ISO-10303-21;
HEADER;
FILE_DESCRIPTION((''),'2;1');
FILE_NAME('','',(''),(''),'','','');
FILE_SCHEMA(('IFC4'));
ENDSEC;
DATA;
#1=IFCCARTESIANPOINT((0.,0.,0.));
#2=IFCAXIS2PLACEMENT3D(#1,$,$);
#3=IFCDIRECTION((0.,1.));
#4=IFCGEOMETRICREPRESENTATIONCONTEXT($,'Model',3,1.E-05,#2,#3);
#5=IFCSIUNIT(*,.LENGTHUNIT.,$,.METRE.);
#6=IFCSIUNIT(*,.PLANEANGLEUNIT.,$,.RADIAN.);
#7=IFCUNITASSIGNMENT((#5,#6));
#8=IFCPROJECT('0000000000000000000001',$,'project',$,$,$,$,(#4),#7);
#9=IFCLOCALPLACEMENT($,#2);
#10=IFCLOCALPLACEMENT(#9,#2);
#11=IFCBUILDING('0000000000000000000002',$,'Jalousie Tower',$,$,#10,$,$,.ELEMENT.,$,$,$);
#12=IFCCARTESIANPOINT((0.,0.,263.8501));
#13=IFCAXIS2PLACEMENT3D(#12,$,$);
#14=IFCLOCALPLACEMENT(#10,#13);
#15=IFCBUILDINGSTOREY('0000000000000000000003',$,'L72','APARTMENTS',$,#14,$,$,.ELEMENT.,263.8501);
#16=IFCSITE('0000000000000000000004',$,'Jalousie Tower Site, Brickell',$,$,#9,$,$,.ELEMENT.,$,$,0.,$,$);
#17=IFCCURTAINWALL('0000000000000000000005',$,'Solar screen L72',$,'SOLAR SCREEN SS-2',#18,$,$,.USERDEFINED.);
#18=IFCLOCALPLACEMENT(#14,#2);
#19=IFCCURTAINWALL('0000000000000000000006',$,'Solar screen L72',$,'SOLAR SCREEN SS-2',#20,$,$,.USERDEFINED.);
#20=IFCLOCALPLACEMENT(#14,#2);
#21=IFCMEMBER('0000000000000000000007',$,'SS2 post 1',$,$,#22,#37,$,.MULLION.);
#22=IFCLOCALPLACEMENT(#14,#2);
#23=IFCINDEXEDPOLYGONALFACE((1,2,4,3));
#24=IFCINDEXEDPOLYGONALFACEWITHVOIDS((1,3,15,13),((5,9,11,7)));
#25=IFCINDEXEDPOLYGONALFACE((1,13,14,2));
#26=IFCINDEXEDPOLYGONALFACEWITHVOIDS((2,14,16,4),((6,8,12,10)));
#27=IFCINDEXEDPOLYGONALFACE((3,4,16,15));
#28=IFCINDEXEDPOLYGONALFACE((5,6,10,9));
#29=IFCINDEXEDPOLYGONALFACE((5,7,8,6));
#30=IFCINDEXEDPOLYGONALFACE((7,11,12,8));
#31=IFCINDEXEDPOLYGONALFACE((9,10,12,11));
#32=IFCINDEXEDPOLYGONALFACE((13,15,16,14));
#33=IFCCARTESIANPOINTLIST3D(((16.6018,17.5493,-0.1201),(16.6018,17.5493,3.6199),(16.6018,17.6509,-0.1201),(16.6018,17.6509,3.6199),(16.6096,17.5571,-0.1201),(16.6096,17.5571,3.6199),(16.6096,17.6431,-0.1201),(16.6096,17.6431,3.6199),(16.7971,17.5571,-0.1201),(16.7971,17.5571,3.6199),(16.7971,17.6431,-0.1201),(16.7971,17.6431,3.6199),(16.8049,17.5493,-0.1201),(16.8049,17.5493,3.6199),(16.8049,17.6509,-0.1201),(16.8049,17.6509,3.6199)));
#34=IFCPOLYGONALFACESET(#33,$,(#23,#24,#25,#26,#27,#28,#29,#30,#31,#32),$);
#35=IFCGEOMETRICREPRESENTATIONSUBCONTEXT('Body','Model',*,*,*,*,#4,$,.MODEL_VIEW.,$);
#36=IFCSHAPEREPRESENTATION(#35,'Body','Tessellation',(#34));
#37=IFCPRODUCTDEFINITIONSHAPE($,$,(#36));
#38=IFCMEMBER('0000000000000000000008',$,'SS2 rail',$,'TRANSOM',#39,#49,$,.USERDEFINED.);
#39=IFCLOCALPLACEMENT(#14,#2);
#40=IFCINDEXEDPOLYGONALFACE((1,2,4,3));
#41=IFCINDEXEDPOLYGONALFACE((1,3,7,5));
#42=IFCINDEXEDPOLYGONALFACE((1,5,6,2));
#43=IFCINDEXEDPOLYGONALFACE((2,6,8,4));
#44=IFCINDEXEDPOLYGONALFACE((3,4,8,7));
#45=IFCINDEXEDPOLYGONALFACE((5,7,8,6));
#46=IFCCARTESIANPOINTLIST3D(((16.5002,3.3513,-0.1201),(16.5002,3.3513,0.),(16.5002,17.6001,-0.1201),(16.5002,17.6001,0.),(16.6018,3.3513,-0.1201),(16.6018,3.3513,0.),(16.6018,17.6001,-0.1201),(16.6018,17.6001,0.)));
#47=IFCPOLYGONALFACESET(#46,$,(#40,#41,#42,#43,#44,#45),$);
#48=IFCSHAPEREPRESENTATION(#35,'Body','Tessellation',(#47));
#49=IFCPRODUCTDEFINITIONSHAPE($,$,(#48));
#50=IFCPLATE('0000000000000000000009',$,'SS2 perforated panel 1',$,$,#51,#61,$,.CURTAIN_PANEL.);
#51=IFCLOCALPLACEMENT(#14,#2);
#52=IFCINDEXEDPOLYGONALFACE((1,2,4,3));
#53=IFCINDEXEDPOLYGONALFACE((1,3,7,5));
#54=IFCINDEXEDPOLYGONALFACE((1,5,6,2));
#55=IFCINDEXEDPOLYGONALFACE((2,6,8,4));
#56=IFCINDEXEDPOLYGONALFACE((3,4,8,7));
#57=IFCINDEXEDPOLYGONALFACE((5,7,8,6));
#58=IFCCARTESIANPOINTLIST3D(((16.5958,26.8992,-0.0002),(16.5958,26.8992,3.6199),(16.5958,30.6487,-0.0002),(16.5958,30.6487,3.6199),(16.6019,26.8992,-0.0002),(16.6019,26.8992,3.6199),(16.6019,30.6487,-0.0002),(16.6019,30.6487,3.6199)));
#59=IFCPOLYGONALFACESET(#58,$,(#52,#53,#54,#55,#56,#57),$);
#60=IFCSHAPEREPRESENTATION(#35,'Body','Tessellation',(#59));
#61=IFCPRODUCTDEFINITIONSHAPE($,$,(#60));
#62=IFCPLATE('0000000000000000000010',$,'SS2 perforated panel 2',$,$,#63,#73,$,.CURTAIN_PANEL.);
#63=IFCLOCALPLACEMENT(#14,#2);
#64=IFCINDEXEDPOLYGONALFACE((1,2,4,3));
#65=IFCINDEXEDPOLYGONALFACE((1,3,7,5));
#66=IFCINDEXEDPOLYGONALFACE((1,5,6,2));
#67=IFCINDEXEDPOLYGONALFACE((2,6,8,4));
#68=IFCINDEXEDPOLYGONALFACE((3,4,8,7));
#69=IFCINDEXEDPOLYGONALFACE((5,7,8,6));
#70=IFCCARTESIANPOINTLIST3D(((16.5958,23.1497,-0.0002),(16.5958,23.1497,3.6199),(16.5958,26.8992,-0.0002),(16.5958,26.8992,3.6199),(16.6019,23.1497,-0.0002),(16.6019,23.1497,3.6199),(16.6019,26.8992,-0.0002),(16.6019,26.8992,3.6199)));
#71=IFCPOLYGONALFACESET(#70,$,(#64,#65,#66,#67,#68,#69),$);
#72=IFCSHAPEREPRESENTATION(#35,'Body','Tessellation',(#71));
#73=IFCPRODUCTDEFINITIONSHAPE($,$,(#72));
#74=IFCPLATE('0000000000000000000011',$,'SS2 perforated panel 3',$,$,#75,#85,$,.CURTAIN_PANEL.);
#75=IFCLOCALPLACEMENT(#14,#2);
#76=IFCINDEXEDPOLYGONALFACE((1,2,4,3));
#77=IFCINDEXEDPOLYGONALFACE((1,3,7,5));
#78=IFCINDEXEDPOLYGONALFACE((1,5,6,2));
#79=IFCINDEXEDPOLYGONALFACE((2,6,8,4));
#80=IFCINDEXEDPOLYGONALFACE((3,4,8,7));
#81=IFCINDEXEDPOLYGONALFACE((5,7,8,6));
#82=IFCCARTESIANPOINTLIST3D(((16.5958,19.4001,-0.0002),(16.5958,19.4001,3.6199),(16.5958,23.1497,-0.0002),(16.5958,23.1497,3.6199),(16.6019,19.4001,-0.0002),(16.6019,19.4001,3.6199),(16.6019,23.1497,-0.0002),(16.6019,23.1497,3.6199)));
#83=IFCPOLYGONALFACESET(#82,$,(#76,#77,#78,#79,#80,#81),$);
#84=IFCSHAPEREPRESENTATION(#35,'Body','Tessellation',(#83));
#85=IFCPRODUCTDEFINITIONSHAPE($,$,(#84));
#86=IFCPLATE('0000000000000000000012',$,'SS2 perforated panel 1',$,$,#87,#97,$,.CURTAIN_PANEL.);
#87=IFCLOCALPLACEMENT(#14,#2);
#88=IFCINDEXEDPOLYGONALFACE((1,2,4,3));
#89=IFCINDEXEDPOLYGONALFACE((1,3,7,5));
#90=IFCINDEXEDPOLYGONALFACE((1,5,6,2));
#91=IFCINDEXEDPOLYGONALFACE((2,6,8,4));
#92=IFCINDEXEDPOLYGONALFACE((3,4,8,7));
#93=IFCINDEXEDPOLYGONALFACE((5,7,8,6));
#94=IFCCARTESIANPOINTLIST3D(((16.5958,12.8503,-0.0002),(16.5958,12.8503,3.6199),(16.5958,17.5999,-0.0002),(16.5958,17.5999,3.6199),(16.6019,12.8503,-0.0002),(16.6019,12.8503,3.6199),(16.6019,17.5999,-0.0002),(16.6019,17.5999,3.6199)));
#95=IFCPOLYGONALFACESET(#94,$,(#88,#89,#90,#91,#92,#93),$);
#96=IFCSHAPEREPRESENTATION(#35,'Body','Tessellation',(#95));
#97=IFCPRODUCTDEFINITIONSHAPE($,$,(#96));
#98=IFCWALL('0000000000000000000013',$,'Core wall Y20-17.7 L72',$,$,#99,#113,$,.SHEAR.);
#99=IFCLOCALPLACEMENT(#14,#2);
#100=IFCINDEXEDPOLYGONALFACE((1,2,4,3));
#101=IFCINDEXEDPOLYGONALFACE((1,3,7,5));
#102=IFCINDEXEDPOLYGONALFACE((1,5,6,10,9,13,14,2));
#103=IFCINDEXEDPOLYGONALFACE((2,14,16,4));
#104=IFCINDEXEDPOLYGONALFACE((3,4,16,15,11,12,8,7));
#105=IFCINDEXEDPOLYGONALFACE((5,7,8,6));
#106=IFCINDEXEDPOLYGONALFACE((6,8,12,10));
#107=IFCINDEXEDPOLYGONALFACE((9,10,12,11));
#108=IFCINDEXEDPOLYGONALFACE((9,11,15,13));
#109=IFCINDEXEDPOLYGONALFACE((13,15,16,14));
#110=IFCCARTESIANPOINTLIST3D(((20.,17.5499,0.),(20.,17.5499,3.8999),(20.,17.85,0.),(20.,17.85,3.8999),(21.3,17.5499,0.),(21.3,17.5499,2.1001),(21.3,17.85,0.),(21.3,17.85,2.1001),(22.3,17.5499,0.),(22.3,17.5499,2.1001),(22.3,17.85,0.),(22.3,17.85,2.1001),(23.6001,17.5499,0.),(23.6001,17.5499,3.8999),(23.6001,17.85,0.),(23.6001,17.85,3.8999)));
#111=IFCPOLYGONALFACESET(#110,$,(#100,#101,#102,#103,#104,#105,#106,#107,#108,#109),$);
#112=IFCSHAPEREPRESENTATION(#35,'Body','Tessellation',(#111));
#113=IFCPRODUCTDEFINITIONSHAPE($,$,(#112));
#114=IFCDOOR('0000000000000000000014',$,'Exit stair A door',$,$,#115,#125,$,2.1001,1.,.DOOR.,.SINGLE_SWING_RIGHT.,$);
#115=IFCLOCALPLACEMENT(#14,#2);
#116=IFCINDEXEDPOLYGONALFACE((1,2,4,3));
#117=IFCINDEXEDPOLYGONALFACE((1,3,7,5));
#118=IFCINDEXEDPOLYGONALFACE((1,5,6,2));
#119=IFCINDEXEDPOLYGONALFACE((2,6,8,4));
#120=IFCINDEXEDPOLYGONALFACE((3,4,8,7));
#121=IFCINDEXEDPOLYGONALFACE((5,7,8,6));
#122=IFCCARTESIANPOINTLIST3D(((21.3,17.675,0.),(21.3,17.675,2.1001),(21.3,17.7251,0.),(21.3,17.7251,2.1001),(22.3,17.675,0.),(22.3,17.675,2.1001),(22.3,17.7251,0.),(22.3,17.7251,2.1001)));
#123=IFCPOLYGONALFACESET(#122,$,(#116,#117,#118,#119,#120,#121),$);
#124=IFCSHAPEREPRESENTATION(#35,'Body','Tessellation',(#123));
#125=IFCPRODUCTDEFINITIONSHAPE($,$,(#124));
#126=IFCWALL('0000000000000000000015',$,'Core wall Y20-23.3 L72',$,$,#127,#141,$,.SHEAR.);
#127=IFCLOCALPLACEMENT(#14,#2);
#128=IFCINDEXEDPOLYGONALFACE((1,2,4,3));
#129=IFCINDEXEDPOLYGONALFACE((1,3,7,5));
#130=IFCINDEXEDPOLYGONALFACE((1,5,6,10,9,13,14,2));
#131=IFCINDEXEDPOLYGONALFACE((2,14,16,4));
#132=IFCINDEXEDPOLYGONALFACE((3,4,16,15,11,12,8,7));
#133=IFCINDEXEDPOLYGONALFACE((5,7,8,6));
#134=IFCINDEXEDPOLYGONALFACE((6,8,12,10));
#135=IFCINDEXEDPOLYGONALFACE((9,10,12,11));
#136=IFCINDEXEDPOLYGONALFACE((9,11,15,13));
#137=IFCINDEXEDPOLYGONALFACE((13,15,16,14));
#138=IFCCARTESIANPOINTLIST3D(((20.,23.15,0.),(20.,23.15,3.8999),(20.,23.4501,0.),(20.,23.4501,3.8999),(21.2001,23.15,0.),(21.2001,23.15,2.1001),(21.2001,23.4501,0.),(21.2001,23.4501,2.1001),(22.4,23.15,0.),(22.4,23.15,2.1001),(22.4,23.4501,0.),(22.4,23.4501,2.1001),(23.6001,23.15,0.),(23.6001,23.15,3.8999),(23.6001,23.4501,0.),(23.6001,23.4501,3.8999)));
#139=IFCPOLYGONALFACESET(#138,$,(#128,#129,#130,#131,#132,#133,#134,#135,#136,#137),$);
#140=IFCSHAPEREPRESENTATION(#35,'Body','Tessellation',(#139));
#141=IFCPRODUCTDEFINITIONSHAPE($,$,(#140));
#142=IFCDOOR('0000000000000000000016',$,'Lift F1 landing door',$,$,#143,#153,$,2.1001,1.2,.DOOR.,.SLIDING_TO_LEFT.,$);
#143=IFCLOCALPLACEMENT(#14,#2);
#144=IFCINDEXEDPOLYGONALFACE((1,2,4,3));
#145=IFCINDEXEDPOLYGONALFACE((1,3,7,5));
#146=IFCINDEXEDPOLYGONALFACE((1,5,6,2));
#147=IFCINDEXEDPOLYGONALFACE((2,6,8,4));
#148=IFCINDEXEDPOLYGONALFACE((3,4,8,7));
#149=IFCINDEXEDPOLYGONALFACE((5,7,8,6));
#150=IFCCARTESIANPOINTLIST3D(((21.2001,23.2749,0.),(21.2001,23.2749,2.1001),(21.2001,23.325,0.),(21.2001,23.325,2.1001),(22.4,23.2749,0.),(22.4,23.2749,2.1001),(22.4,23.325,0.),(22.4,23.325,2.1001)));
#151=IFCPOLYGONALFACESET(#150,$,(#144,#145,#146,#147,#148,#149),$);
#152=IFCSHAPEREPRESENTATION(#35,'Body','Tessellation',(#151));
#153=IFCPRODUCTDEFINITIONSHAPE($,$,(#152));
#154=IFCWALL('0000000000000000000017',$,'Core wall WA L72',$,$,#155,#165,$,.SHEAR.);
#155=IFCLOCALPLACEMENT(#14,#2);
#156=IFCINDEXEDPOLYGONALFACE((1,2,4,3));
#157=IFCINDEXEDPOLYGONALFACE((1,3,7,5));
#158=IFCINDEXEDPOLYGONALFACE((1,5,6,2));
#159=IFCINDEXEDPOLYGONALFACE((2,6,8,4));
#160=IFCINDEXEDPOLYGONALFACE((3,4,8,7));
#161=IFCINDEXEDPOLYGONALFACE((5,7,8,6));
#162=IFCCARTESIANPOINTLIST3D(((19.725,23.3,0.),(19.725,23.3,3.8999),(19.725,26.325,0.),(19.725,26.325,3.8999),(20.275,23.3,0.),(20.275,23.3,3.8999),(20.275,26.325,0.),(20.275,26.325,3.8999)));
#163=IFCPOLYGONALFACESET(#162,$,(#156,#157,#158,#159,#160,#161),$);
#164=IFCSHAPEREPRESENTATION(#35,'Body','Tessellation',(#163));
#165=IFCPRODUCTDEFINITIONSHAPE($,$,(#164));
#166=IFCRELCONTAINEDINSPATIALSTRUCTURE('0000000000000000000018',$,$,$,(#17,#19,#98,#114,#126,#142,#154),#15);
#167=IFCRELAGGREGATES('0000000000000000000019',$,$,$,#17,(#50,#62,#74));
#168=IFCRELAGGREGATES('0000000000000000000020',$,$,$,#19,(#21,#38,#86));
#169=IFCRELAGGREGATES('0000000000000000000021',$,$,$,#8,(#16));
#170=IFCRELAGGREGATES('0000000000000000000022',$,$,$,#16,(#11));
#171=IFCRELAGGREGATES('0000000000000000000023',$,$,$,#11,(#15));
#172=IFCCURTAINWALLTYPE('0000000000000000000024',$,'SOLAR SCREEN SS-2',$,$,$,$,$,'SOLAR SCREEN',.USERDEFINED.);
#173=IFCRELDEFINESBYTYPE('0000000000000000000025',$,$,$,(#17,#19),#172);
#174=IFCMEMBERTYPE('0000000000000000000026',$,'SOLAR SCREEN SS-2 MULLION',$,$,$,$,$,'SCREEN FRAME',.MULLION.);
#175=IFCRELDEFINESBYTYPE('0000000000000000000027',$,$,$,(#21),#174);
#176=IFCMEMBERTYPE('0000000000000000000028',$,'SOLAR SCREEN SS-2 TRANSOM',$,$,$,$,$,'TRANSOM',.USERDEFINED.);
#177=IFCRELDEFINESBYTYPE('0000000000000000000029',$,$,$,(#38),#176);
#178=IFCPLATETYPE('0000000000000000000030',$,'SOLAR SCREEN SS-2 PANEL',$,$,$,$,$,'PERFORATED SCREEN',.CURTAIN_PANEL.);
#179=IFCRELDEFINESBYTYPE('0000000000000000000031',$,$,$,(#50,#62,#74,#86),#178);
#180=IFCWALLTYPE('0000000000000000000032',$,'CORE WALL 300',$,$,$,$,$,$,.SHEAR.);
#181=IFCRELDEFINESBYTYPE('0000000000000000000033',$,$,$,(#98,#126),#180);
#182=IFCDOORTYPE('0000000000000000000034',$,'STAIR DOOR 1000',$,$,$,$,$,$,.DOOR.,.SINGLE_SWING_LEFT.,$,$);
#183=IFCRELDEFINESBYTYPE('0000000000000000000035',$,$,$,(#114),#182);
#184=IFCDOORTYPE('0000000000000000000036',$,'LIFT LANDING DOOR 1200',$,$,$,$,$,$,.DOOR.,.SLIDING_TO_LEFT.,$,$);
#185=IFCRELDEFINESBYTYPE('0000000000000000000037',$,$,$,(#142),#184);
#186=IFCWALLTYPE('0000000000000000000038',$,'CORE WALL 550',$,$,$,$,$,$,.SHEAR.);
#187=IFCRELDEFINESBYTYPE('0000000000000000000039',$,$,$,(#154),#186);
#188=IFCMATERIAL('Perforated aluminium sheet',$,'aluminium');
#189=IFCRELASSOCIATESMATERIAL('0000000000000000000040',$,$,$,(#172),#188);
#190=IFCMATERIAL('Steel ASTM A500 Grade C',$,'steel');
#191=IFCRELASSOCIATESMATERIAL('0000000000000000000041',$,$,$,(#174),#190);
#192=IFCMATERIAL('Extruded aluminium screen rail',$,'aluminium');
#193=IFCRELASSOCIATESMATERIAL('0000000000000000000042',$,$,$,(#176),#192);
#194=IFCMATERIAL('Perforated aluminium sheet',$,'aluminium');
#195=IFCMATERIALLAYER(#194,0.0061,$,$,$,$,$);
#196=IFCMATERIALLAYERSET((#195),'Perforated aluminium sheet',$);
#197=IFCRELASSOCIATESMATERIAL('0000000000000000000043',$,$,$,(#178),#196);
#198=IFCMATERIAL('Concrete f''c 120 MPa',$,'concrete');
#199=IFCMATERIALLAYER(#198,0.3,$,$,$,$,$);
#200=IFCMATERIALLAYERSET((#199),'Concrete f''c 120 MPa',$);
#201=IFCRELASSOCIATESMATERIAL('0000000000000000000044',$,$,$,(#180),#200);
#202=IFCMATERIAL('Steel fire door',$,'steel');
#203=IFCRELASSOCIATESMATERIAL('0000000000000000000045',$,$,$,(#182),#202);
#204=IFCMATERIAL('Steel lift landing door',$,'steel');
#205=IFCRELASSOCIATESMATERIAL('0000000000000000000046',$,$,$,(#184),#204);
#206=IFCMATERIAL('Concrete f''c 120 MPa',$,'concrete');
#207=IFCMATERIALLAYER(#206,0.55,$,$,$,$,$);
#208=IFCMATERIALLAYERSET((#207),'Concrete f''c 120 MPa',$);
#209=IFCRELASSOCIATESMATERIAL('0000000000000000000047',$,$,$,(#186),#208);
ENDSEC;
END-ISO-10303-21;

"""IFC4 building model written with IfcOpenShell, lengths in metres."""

from ifc_helpers import new_model, si_unit, direction, frame, frame_2d, origin, origin_2d, place, context, subcontext, project, spatial, rectangle, hollow_rectangle, extrude, material, layer, layer_set, material_profile, profile_set, type_object, element, fill, aggregate, save


model = new_model("IFC4")

# Units and contexts
model_context = context("Model", 3, precision=1e-05, world=origin(), true_north=direction((0.0, 1.0)))
body_context = subcontext(model_context, "Body", "Model", "MODEL_VIEW")
ifc_project = project(units=[si_unit("LENGTHUNIT", "METRE"), si_unit("PLANEANGLEUNIT", "RADIAN")], contexts=[model_context])

# Site, building, storey
site_placement = place(None, origin())
site = spatial("IfcSite", under=ifc_project, at=site_placement, Name="Jalousie Tower Site, Brickell", CompositionType="ELEMENT", RefElevation=0.0)
building_placement = place(site_placement, origin())
building = spatial("IfcBuilding", under=site, at=building_placement, Name="Jalousie Tower", CompositionType="ELEMENT")
storey_placement = place(building_placement, frame((0.0, 0.0, 263.8501)))
storey = spatial("IfcBuildingStorey", under=building, at=storey_placement, Name="L72", Description="APARTMENTS", CompositionType="ELEMENT", Elevation=263.8501)

# Curtain walls, members
ifc_material_1 = material(Name="Perforated aluminium sheet", Category="aluminium")
curtain_wall_type = type_object("IfcCurtainWallType", Name="SOLAR SCREEN SS-2", ElementType="SOLAR SCREEN", PredefinedType="USERDEFINED", material=ifc_material_1)
curtain_wall_1_placement = place(storey_placement, origin())
curtain_wall_1 = element("IfcCurtainWall", 1, at=curtain_wall_1_placement, inside=storey, type_object=curtain_wall_type, Name="Solar screen L72", ObjectType="SOLAR SCREEN SS-2", PredefinedType="USERDEFINED")
ifc_material_2 = material(Name="Steel ASTM A500 Grade C", Category="steel")
ifc_material_profile_1 = material_profile(ifc_material_2, hollow_rectangle(XDim=0.1016, YDim=0.2031, WallThickness=0.0078, at=origin_2d()), Name="HSS8X4X5/16")
ifc_profile_set_1 = profile_set([ifc_material_profile_1], Name="Steel ASTM A500 Grade C")
member_type_1 = type_object("IfcMemberType", Name="SOLAR SCREEN SS-2 MULLION", ElementType="SCREEN FRAME", PredefinedType="MULLION", material=ifc_profile_set_1)
curtain_wall_2_placement = place(storey_placement, origin())
curtain_wall_2 = element("IfcCurtainWall", 2, at=curtain_wall_2_placement, inside=storey, type_object=curtain_wall_type, Name="Solar screen L72", ObjectType="SOLAR SCREEN SS-2", PredefinedType="USERDEFINED")
member_1_placement = place(storey_placement, frame((16.7034, 17.6001, -0.1201), z_axis=(0.0, 0.0, 1.0), x_axis=(0.0, -1.0, 0.0)))
member_1 = element("IfcMember", 3, at=member_1_placement, type_object=member_type_1, Name="SS2 post 1", PredefinedType="MULLION", context=body_context, shape_type="SweptSolid", body=[
    extrude(hollow_rectangle(XDim=0.1016, YDim=0.2031, WallThickness=0.0078, at=origin_2d()), origin(), (0.0, 0.0, 1.0), 3.74),
])
ifc_material_3 = material(Name="Extruded aluminium screen rail", Category="aluminium")
ifc_material_profile_2 = material_profile(ifc_material_3, rectangle(XDim=0.1016, YDim=0.1201, at=origin_2d()), Name="RAIL 102x120")
ifc_profile_set_2 = profile_set([ifc_material_profile_2], Name="Extruded aluminium screen rail")
member_type_2 = type_object("IfcMemberType", Name="SOLAR SCREEN SS-2 TRANSOM", ElementType="TRANSOM", PredefinedType="USERDEFINED", material=ifc_profile_set_2)
member_2_placement = place(storey_placement, frame((16.551, 17.6001, -0.0601), z_axis=(0.0, -1.0, 0.0), x_axis=(1.0, 0.0, 0.0)))
member_2 = element("IfcMember", 4, at=member_2_placement, type_object=member_type_2, Name="SS2 rail", ObjectType="TRANSOM", PredefinedType="USERDEFINED", context=body_context, shape_type="SweptSolid", body=[
    extrude(rectangle(XDim=0.1016, YDim=0.1201, at=origin_2d()), origin(), (0.0, 0.0, 1.0), 14.2488),
])

# Plates
ifc_material_4 = material(Name="Perforated aluminium sheet", Category="aluminium")
ifc_layer_1 = layer(ifc_material_4, 0.0061)
ifc_layer_set_1 = layer_set([ifc_layer_1], Name="Perforated aluminium sheet")
plate_type = type_object("IfcPlateType", Name="SOLAR SCREEN SS-2 PANEL", ElementType="PERFORATED SCREEN", PredefinedType="CURTAIN_PANEL", material=ifc_layer_set_1)
plate_1_placement = place(storey_placement, frame((16.5989, 28.7739, -0.0002), z_axis=(0.0, 0.0, 1.0), x_axis=(0.0, -1.0, 0.0)))
plate_1 = element("IfcPlate", 5, at=plate_1_placement, type_object=plate_type, Name="SS2 perforated panel 1", PredefinedType="CURTAIN_PANEL", context=body_context, shape_type="SweptSolid", body=[
    extrude(rectangle(XDim=3.7495, YDim=0.0061, at=origin_2d()), origin(), (0.0, 0.0, 1.0), 3.6201),
])
plate_2_placement = place(storey_placement, frame((16.5989, 25.0244, -0.0002), z_axis=(0.0, 0.0, 1.0), x_axis=(0.0, -1.0, 0.0)))
plate_2 = element("IfcPlate", 6, at=plate_2_placement, type_object=plate_type, Name="SS2 perforated panel 2", PredefinedType="CURTAIN_PANEL", context=body_context, shape_type="SweptSolid", body=[
    extrude(rectangle(XDim=3.7495, YDim=0.0061, at=origin_2d()), origin(), (0.0, 0.0, 1.0), 3.6201),
])
plate_3_placement = place(storey_placement, frame((16.5989, 21.2749, -0.0002), z_axis=(0.0, 0.0, 1.0), x_axis=(0.0, -1.0, 0.0)))
plate_3 = element("IfcPlate", 7, at=plate_3_placement, type_object=plate_type, Name="SS2 perforated panel 3", PredefinedType="CURTAIN_PANEL", context=body_context, shape_type="SweptSolid", body=[
    extrude(rectangle(XDim=3.7495, YDim=0.0061, at=origin_2d()), origin(), (0.0, 0.0, 1.0), 3.6201),
])
aggregate(curtain_wall_1, [plate_1, plate_2, plate_3])
plate_4_placement = place(storey_placement, frame((16.5989, 15.2251, -0.0002), z_axis=(0.0, 0.0, 1.0), x_axis=(0.0, -1.0, 0.0)))
plate_4 = element("IfcPlate", 8, at=plate_4_placement, type_object=plate_type, Name="SS2 perforated panel 1", PredefinedType="CURTAIN_PANEL", context=body_context, shape_type="SweptSolid", body=[
    extrude(rectangle(XDim=4.7495, YDim=0.0061, at=origin_2d()), origin(), (0.0, 0.0, 1.0), 3.6201),
])
aggregate(curtain_wall_2, [member_1, member_2, plate_4])

# Walls, openings, doors
ifc_material_5 = material(Name="Concrete f'c 120 MPa", Category="concrete")
ifc_layer_2 = layer(ifc_material_5, 0.3)
ifc_layer_set_2 = layer_set([ifc_layer_2], Name="Concrete f'c 120 MPa")
wall_type_1 = type_object("IfcWallType", Name="CORE WALL 300", PredefinedType="SHEAR", material=ifc_layer_set_2)
wall_1_placement = place(storey_placement, frame((20.0, 17.7, 0.0), z_axis=(0.0, 0.0, 1.0), x_axis=(1.0, 0.0, 0.0)))
wall_1 = element("IfcWall", 9, at=wall_1_placement, inside=storey, type_object=wall_type_1, Name="Core wall Y20-17.7 L72", PredefinedType="SHEAR", context=body_context, shape_type="SweptSolid", body=[
    extrude(rectangle(XDim=3.6001, YDim=0.3, at=frame_2d((1.8, 0.0))), origin(), (0.0, 0.0, 1.0), 3.8999),
])
opening_1_placement = place(wall_1_placement, frame((1.3, 0.0, 0.0)))
opening_1 = element("IfcOpeningElement", 10, at=opening_1_placement, cuts=wall_1, PredefinedType="OPENING", context=body_context, shape_type="SweptSolid", body=[
    extrude(rectangle(XDim=1.0, YDim=2.1001, at=frame_2d((0.5, 1.05))), frame((0.0, 0.1599, 0.0), z_axis=(0.0, -1.0, 0.0), x_axis=(1.0, 0.0, 0.0)), (0.0, 0.0, 1.0), 0.3201),
])
ifc_material_6 = material(Name="Steel fire door", Category="steel")
door_type_1 = type_object("IfcDoorType", Name="STAIR DOOR 1000", OperationType="SINGLE_SWING_LEFT", PredefinedType="DOOR", material=ifc_material_6)
door_1_placement = place(opening_1_placement, frame((1.0, 0.0, 0.0), z_axis=(0.0, 0.0, 1.0), x_axis=(-1.0, 0.0, 0.0)))
door_1 = element("IfcDoor", 11, at=door_1_placement, inside=storey, type_object=door_type_1, Name="Exit stair A door", OperationType="SINGLE_SWING_RIGHT", OverallHeight=2.1001, OverallWidth=1.0, PredefinedType="DOOR", context=body_context, shape_type="SweptSolid", body=[
    extrude(rectangle(XDim=1.0, YDim=2.1001, at=frame_2d((0.5, 1.05))), frame((0.0, 0.0249, 0.0), z_axis=(0.0, -1.0, 0.0), x_axis=(1.0, 0.0, 0.0)), (0.0, 0.0, 1.0), 0.05),
])
fill(opening_1, door_1)
wall_2_placement = place(storey_placement, frame((20.0, 23.3, 0.0), z_axis=(0.0, 0.0, 1.0), x_axis=(1.0, 0.0, 0.0)))
wall_2 = element("IfcWall", 12, at=wall_2_placement, inside=storey, type_object=wall_type_1, Name="Core wall Y20-23.3 L72", PredefinedType="SHEAR", context=body_context, shape_type="SweptSolid", body=[
    extrude(rectangle(XDim=3.6001, YDim=0.3, at=frame_2d((1.8, 0.0))), origin(), (0.0, 0.0, 1.0), 3.8999),
])
opening_2_placement = place(wall_2_placement, frame((1.2, 0.0, 0.0)))
opening_2 = element("IfcOpeningElement", 13, at=opening_2_placement, cuts=wall_2, PredefinedType="OPENING", context=body_context, shape_type="SweptSolid", body=[
    extrude(rectangle(XDim=1.2, YDim=2.1001, at=frame_2d((0.6001, 1.05))), frame((0.0, 0.1599, 0.0), z_axis=(0.0, -1.0, 0.0), x_axis=(1.0, 0.0, 0.0)), (0.0, 0.0, 1.0), 0.3201),
])
ifc_material_7 = material(Name="Steel lift landing door", Category="steel")
door_type_2 = type_object("IfcDoorType", Name="LIFT LANDING DOOR 1200", OperationType="SLIDING_TO_LEFT", PredefinedType="DOOR", material=ifc_material_7)
door_2_placement = place(opening_2_placement, origin())
door_2 = element("IfcDoor", 14, at=door_2_placement, inside=storey, type_object=door_type_2, Name="Lift F1 landing door", OperationType="SLIDING_TO_LEFT", OverallHeight=2.1001, OverallWidth=1.2, PredefinedType="DOOR", context=body_context, shape_type="SweptSolid", body=[
    extrude(rectangle(XDim=1.2, YDim=2.1001, at=frame_2d((0.6001, 1.05))), frame((0.0, 0.0249, 0.0), z_axis=(0.0, -1.0, 0.0), x_axis=(1.0, 0.0, 0.0)), (0.0, 0.0, 1.0), 0.05),
])
fill(opening_2, door_2)

# Wall
ifc_material_8 = material(Name="Concrete f'c 120 MPa", Category="concrete")
ifc_layer_3 = layer(ifc_material_8, 0.55)
ifc_layer_set_3 = layer_set([ifc_layer_3], Name="Concrete f'c 120 MPa")
wall_type_2 = type_object("IfcWallType", Name="CORE WALL 550", PredefinedType="SHEAR", material=ifc_layer_set_3)
wall_3_placement = place(storey_placement, frame((20.0, 26.325, 0.0), z_axis=(0.0, 0.0, 1.0), x_axis=(0.0, -1.0, 0.0)))
element("IfcWall", 15, at=wall_3_placement, inside=storey, type_object=wall_type_2, Name="Core wall WA L72", PredefinedType="SHEAR", context=body_context, shape_type="SweptSolid", body=[
    extrude(rectangle(XDim=3.0249, YDim=0.55, at=frame_2d((1.5125, 0.0))), origin(), (0.0, 0.0, 1.0), 3.8999),
])

save(model, "model.ifc")
